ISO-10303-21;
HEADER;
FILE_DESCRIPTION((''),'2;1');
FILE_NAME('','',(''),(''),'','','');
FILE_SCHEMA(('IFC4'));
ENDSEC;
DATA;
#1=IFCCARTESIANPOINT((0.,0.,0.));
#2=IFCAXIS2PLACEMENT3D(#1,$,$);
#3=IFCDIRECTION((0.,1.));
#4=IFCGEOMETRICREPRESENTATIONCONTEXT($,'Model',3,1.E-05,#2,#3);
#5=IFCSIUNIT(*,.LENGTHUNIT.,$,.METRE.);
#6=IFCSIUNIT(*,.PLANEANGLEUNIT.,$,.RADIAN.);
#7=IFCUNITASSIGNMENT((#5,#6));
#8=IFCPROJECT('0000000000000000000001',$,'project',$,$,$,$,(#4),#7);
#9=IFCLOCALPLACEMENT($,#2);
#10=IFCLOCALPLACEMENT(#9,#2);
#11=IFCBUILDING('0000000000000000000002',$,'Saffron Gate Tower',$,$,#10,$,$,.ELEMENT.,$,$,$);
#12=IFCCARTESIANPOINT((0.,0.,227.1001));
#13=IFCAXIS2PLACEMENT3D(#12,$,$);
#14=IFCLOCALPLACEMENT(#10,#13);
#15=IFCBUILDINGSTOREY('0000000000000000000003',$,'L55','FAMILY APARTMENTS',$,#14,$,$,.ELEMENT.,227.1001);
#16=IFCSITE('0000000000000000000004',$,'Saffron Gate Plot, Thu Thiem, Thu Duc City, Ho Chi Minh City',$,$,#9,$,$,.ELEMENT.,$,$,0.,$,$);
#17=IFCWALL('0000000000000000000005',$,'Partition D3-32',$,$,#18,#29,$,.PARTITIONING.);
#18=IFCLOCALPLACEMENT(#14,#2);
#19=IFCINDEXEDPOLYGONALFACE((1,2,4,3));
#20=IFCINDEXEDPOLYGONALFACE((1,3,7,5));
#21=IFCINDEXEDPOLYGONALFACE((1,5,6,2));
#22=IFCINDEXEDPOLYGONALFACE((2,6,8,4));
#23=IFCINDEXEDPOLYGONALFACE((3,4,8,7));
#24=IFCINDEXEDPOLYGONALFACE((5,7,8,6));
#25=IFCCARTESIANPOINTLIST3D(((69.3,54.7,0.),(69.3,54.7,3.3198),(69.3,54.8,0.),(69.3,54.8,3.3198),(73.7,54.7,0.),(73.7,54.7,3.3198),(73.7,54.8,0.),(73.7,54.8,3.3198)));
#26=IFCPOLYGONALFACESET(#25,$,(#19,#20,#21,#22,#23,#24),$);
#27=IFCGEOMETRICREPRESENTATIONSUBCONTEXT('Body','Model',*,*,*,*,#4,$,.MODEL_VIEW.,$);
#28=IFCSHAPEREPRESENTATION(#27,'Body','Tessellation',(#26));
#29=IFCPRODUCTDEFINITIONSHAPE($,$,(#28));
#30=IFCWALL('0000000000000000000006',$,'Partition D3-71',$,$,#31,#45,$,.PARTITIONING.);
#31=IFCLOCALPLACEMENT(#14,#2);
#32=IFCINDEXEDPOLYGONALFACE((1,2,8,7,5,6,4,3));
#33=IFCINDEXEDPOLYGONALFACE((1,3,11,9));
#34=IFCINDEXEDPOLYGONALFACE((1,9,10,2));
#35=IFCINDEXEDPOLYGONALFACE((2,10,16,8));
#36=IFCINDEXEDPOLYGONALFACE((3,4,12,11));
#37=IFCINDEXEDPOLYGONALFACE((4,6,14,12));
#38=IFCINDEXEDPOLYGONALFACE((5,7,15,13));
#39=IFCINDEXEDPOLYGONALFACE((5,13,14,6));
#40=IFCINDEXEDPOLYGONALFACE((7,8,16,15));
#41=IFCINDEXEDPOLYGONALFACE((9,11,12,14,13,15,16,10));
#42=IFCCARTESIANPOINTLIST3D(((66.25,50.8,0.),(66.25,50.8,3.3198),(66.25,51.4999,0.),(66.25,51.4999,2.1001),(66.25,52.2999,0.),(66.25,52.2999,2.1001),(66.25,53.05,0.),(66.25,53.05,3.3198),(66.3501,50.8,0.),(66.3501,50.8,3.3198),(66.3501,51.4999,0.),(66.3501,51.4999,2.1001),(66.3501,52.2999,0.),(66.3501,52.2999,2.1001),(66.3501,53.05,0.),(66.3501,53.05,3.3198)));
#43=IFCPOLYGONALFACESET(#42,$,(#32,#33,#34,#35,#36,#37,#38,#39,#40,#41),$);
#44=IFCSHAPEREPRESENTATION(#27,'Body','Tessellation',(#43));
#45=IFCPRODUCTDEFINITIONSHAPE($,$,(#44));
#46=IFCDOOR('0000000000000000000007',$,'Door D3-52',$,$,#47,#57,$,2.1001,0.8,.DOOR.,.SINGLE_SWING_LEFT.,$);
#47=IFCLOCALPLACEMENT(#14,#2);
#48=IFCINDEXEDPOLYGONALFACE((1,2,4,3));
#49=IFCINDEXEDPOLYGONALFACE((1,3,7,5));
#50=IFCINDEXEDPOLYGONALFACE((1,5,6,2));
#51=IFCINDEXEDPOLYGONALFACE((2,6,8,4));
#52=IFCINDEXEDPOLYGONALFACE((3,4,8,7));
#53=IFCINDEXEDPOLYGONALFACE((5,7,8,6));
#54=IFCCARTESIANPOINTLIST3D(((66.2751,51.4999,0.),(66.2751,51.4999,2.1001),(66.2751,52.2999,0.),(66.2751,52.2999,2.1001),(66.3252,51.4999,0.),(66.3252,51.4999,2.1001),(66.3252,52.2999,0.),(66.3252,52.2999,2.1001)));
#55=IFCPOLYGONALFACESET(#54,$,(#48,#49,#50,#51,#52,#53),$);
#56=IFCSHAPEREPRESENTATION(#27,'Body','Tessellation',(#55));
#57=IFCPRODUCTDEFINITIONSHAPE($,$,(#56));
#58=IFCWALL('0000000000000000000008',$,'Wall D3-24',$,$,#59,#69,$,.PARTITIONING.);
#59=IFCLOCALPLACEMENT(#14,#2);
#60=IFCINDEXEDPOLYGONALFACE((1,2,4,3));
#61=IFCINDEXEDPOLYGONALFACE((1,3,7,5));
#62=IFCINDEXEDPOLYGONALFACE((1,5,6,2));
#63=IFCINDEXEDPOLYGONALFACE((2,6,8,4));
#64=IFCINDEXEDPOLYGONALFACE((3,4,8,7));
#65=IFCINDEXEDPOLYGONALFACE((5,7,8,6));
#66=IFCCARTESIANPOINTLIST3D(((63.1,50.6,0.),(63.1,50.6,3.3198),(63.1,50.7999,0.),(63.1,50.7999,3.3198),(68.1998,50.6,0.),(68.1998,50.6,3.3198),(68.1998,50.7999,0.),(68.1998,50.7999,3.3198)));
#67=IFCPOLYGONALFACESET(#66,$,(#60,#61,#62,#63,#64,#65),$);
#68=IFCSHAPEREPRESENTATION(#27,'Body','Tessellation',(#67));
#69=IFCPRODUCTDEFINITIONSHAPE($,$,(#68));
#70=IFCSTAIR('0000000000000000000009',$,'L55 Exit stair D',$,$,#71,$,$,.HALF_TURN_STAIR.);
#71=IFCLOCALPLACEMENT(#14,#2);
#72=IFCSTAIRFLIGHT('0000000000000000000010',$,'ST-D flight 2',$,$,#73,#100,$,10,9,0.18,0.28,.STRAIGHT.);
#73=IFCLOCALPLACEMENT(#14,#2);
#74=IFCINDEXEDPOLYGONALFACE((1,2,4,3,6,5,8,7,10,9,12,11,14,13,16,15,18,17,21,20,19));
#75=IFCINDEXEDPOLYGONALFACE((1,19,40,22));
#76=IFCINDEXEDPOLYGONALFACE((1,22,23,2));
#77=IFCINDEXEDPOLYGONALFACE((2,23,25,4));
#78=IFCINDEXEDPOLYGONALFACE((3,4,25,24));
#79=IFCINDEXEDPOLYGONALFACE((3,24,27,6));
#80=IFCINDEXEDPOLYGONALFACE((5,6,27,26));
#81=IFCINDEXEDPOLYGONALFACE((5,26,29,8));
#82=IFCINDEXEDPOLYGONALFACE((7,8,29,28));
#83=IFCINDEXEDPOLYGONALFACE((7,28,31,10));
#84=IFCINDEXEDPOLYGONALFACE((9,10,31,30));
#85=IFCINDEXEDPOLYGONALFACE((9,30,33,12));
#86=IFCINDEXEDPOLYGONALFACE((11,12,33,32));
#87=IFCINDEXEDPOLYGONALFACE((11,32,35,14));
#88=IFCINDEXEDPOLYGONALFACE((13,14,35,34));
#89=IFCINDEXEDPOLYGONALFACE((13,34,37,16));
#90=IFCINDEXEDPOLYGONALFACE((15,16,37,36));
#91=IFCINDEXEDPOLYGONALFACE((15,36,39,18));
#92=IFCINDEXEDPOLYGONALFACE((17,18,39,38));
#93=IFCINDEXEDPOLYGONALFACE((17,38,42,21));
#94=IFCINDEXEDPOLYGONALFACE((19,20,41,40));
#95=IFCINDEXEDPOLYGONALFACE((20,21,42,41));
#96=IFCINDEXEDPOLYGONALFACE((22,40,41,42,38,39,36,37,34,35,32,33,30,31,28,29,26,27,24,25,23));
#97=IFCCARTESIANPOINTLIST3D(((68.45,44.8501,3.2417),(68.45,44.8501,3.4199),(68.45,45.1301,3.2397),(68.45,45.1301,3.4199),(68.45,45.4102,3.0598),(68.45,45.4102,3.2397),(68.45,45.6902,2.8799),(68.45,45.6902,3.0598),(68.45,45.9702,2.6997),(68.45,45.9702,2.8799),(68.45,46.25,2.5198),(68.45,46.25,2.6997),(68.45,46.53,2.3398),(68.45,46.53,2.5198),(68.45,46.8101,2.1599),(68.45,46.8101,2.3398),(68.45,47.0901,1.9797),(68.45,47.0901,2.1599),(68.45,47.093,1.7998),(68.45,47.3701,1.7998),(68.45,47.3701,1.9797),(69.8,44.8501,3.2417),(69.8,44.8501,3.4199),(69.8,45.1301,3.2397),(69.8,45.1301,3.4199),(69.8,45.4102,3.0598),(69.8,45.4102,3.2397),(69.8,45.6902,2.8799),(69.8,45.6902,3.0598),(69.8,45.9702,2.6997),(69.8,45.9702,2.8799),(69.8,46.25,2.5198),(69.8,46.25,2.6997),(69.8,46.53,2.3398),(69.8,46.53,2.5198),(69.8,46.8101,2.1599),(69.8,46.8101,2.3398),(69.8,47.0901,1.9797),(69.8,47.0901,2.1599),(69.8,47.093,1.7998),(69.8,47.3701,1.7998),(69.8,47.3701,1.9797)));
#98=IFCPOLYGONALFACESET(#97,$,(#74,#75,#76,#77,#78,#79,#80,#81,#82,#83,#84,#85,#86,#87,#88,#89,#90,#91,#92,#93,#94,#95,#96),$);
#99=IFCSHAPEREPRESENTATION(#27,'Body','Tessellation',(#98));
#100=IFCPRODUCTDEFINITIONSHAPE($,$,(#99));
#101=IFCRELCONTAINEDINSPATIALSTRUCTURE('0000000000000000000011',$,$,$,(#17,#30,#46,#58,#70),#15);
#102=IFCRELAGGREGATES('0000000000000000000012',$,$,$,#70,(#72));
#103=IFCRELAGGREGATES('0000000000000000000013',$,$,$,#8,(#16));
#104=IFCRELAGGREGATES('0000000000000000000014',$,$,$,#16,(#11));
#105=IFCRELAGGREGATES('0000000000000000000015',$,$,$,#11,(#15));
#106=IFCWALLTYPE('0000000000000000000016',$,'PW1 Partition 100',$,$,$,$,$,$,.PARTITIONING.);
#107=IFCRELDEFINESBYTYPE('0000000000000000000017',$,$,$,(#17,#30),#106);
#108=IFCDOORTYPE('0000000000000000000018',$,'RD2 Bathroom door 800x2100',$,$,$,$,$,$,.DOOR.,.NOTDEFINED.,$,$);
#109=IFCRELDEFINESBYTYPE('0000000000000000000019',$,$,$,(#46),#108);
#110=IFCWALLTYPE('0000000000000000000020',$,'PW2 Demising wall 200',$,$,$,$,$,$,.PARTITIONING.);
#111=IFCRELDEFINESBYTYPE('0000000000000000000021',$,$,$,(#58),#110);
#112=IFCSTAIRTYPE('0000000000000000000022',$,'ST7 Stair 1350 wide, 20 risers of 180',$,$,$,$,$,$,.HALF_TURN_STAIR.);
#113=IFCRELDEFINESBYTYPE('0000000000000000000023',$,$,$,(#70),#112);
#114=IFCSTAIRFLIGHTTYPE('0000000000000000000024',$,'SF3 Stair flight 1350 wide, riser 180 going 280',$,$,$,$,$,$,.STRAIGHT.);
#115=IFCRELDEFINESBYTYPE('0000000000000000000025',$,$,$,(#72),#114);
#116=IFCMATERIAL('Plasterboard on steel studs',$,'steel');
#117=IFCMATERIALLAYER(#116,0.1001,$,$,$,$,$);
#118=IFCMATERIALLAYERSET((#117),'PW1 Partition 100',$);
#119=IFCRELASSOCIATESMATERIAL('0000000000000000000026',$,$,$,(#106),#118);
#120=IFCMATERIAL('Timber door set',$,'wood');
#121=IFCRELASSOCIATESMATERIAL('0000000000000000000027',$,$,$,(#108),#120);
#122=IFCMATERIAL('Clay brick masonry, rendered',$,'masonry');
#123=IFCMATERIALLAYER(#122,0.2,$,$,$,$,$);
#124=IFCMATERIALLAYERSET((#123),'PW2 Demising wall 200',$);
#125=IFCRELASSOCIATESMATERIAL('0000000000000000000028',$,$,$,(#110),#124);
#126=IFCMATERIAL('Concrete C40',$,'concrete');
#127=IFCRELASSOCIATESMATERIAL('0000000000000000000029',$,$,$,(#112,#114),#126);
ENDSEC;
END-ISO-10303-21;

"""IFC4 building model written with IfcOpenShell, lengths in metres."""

from ifc_helpers import new_model, si_unit, direction, frame, frame_2d, origin, place, context, subcontext, project, spatial, polyline, rectangle, outline, extrude, material, layer, layer_set, type_object, element, fill, aggregate, save


model = new_model("IFC4")

# Units and contexts
model_context = context("Model", 3, precision=1e-05, world=origin(), true_north=direction((0.0, 1.0)))
body_context = subcontext(model_context, "Body", "Model", "MODEL_VIEW")
ifc_project = project(units=[si_unit("LENGTHUNIT", "METRE"), si_unit("PLANEANGLEUNIT", "RADIAN")], contexts=[model_context])

# Site, building, storey
site_placement = place(None, origin())
site = spatial("IfcSite", under=ifc_project, at=site_placement, Name="Saffron Gate Plot, Thu Thiem, Thu Duc City, Ho Chi Minh City", CompositionType="ELEMENT", RefElevation=0.0)
building_placement = place(site_placement, origin())
building = spatial("IfcBuilding", under=site, at=building_placement, Name="Saffron Gate Tower", CompositionType="ELEMENT")
storey_placement = place(building_placement, frame((0.0, 0.0, 227.1001)))
storey = spatial("IfcBuildingStorey", under=building, at=storey_placement, Name="L55", Description="FAMILY APARTMENTS", CompositionType="ELEMENT", Elevation=227.1001)

# Shared definitions
ifc_material_1 = material(Name="Plasterboard on steel studs", Category="steel")
ifc_layer_1 = layer(ifc_material_1, 0.1001)
ifc_layer_set_1 = layer_set([ifc_layer_1], Name="PW1 Partition 100")
wall_type_1 = type_object("IfcWallType", Name="PW1 Partition 100", PredefinedType="PARTITIONING", material=ifc_layer_set_1)
ifc_material_2 = material(Name="Timber door set", Category="wood")

# Wall
wall_1_placement = place(storey_placement, frame((69.3, 54.75, 0.0), z_axis=(0.0, 0.0, 1.0), x_axis=(1.0, 0.0, 0.0)))
element("IfcWall", 1, at=wall_1_placement, inside=storey, type_object=wall_type_1, Name="Partition D3-32", PredefinedType="PARTITIONING", context=body_context, shape_type="SweptSolid", body=[
    extrude(rectangle(XDim=4.3999, YDim=0.1001, at=frame_2d((2.2, 0.0))), origin(), (0.0, 0.0, 1.0), 3.3198),
])

# Wall, opening, door
wall_2_placement = place(storey_placement, frame((66.3, 50.8, 0.0), z_axis=(0.0, 0.0, 1.0), x_axis=(0.0, 1.0, 0.0)))
wall_2 = element("IfcWall", 2, at=wall_2_placement, inside=storey, type_object=wall_type_1, Name="Partition D3-71", PredefinedType="PARTITIONING", context=body_context, shape_type="SweptSolid", body=[
    extrude(rectangle(XDim=2.25, YDim=0.1001, at=frame_2d((1.125, 0.0))), origin(), (0.0, 0.0, 1.0), 3.3198),
])
opening_1_placement = place(wall_2_placement, frame((0.7, 0.0, 0.0)))
opening_1 = element("IfcOpeningElement", 3, at=opening_1_placement, cuts=wall_2, PredefinedType="OPENING", context=body_context, shape_type="SweptSolid", body=[
    extrude(rectangle(XDim=0.8, YDim=2.1001, at=frame_2d((0.3999, 1.05))), frame((0.0, 0.0601, 0.0), z_axis=(0.0, -1.0, 0.0), x_axis=(1.0, 0.0, 0.0)), (0.0, 0.0, 1.0), 0.1201),
])
door_type_1 = type_object("IfcDoorType", Name="RD2 Bathroom door 800x2100", OperationType="NOTDEFINED", PredefinedType="DOOR", material=ifc_material_2)
door_1_placement = place(opening_1_placement, origin())
door_1 = element("IfcDoor", 4, at=door_1_placement, inside=storey, type_object=door_type_1, Name="Door D3-52", OperationType="SINGLE_SWING_LEFT", OverallHeight=2.1001, OverallWidth=0.8, PredefinedType="DOOR", context=body_context, shape_type="SweptSolid", body=[
    extrude(rectangle(XDim=0.8, YDim=2.1001, at=frame_2d((0.3999, 1.05))), frame((0.0, 0.0249, 0.0), z_axis=(0.0, -1.0, 0.0), x_axis=(1.0, 0.0, 0.0)), (0.0, 0.0, 1.0), 0.05),
])
fill(opening_1, door_1)

# Wall
ifc_material_3 = material(Name="Clay brick masonry, rendered", Category="masonry")
ifc_layer_2 = layer(ifc_material_3, 0.2)
ifc_layer_set_2 = layer_set([ifc_layer_2], Name="PW2 Demising wall 200")
wall_type_2 = type_object("IfcWallType", Name="PW2 Demising wall 200", PredefinedType="PARTITIONING", material=ifc_layer_set_2)
wall_3_placement = place(storey_placement, frame((63.1001, 50.7, 0.0), z_axis=(0.0, 0.0, 1.0), x_axis=(1.0, 0.0, 0.0)))
element("IfcWall", 5, at=wall_3_placement, inside=storey, type_object=wall_type_2, Name="Wall D3-24", PredefinedType="PARTITIONING", context=body_context, shape_type="SweptSolid", body=[
    extrude(rectangle(XDim=5.0999, YDim=0.2, at=frame_2d((2.5498, 0.0))), origin(), (0.0, 0.0, 1.0), 3.3198),
])

# Stair, stair flight
ifc_material_4 = material(Name="Concrete C40", Category="concrete")
stair_type = type_object("IfcStairType", Name="ST7 Stair 1350 wide, 20 risers of 180", PredefinedType="HALF_TURN_STAIR", material=ifc_material_4)
stair_placement = place(storey_placement, origin())
stair = element("IfcStair", 6, at=stair_placement, inside=storey, type_object=stair_type, Name="L55 Exit stair D", PredefinedType="HALF_TURN_STAIR")
stair_flight_type = type_object("IfcStairFlightType", Name="SF3 Stair flight 1350 wide, riser 180 going 280", PredefinedType="STRAIGHT", material=ifc_material_4)
stair_flight_placement = place(storey_placement, frame((69.125, 47.3701, 1.7998), z_axis=(0.0, 0.0, 1.0), x_axis=(0.0, -1.0, 0.0)))
stair_flight = element("IfcStairFlight", 7, at=stair_flight_placement, type_object=stair_flight_type, Name="ST-D flight 2", NumberOfRisers=10, NumberOfTreads=9, PredefinedType="STRAIGHT", RiserHeight=0.18, TreadLength=0.28, context=body_context, shape_type="SweptSolid", body=[
    extrude(outline(polyline([(0.0, 0.0), (0.0, 0.1799), (0.28, 0.1799), (0.28, 0.3601), (0.5601, 0.3601), (0.5601, 0.54), (0.8401, 0.54), (0.8401, 0.72), (1.1201, 0.72), (1.1201, 0.8999), (1.3999, 0.8999), (1.3999, 1.0801), (1.6799, 1.0801), (1.6799, 1.26), (1.96, 1.26), (1.96, 1.4399), (2.24, 1.4399), (2.24, 1.6201), (2.52, 1.6201), (2.52, 1.8), (2.52, 1.4419), (0.2771, 0.0), (0.0, 0.0)])), frame((0.0, 0.675, 0.0), z_axis=(0.0, -1.0, 0.0), x_axis=(1.0, 0.0, 0.0)), (0.0, 0.0, 1.0), 1.3501),
])
aggregate(stair, [stair_flight])

save(model, "model.ifc")
